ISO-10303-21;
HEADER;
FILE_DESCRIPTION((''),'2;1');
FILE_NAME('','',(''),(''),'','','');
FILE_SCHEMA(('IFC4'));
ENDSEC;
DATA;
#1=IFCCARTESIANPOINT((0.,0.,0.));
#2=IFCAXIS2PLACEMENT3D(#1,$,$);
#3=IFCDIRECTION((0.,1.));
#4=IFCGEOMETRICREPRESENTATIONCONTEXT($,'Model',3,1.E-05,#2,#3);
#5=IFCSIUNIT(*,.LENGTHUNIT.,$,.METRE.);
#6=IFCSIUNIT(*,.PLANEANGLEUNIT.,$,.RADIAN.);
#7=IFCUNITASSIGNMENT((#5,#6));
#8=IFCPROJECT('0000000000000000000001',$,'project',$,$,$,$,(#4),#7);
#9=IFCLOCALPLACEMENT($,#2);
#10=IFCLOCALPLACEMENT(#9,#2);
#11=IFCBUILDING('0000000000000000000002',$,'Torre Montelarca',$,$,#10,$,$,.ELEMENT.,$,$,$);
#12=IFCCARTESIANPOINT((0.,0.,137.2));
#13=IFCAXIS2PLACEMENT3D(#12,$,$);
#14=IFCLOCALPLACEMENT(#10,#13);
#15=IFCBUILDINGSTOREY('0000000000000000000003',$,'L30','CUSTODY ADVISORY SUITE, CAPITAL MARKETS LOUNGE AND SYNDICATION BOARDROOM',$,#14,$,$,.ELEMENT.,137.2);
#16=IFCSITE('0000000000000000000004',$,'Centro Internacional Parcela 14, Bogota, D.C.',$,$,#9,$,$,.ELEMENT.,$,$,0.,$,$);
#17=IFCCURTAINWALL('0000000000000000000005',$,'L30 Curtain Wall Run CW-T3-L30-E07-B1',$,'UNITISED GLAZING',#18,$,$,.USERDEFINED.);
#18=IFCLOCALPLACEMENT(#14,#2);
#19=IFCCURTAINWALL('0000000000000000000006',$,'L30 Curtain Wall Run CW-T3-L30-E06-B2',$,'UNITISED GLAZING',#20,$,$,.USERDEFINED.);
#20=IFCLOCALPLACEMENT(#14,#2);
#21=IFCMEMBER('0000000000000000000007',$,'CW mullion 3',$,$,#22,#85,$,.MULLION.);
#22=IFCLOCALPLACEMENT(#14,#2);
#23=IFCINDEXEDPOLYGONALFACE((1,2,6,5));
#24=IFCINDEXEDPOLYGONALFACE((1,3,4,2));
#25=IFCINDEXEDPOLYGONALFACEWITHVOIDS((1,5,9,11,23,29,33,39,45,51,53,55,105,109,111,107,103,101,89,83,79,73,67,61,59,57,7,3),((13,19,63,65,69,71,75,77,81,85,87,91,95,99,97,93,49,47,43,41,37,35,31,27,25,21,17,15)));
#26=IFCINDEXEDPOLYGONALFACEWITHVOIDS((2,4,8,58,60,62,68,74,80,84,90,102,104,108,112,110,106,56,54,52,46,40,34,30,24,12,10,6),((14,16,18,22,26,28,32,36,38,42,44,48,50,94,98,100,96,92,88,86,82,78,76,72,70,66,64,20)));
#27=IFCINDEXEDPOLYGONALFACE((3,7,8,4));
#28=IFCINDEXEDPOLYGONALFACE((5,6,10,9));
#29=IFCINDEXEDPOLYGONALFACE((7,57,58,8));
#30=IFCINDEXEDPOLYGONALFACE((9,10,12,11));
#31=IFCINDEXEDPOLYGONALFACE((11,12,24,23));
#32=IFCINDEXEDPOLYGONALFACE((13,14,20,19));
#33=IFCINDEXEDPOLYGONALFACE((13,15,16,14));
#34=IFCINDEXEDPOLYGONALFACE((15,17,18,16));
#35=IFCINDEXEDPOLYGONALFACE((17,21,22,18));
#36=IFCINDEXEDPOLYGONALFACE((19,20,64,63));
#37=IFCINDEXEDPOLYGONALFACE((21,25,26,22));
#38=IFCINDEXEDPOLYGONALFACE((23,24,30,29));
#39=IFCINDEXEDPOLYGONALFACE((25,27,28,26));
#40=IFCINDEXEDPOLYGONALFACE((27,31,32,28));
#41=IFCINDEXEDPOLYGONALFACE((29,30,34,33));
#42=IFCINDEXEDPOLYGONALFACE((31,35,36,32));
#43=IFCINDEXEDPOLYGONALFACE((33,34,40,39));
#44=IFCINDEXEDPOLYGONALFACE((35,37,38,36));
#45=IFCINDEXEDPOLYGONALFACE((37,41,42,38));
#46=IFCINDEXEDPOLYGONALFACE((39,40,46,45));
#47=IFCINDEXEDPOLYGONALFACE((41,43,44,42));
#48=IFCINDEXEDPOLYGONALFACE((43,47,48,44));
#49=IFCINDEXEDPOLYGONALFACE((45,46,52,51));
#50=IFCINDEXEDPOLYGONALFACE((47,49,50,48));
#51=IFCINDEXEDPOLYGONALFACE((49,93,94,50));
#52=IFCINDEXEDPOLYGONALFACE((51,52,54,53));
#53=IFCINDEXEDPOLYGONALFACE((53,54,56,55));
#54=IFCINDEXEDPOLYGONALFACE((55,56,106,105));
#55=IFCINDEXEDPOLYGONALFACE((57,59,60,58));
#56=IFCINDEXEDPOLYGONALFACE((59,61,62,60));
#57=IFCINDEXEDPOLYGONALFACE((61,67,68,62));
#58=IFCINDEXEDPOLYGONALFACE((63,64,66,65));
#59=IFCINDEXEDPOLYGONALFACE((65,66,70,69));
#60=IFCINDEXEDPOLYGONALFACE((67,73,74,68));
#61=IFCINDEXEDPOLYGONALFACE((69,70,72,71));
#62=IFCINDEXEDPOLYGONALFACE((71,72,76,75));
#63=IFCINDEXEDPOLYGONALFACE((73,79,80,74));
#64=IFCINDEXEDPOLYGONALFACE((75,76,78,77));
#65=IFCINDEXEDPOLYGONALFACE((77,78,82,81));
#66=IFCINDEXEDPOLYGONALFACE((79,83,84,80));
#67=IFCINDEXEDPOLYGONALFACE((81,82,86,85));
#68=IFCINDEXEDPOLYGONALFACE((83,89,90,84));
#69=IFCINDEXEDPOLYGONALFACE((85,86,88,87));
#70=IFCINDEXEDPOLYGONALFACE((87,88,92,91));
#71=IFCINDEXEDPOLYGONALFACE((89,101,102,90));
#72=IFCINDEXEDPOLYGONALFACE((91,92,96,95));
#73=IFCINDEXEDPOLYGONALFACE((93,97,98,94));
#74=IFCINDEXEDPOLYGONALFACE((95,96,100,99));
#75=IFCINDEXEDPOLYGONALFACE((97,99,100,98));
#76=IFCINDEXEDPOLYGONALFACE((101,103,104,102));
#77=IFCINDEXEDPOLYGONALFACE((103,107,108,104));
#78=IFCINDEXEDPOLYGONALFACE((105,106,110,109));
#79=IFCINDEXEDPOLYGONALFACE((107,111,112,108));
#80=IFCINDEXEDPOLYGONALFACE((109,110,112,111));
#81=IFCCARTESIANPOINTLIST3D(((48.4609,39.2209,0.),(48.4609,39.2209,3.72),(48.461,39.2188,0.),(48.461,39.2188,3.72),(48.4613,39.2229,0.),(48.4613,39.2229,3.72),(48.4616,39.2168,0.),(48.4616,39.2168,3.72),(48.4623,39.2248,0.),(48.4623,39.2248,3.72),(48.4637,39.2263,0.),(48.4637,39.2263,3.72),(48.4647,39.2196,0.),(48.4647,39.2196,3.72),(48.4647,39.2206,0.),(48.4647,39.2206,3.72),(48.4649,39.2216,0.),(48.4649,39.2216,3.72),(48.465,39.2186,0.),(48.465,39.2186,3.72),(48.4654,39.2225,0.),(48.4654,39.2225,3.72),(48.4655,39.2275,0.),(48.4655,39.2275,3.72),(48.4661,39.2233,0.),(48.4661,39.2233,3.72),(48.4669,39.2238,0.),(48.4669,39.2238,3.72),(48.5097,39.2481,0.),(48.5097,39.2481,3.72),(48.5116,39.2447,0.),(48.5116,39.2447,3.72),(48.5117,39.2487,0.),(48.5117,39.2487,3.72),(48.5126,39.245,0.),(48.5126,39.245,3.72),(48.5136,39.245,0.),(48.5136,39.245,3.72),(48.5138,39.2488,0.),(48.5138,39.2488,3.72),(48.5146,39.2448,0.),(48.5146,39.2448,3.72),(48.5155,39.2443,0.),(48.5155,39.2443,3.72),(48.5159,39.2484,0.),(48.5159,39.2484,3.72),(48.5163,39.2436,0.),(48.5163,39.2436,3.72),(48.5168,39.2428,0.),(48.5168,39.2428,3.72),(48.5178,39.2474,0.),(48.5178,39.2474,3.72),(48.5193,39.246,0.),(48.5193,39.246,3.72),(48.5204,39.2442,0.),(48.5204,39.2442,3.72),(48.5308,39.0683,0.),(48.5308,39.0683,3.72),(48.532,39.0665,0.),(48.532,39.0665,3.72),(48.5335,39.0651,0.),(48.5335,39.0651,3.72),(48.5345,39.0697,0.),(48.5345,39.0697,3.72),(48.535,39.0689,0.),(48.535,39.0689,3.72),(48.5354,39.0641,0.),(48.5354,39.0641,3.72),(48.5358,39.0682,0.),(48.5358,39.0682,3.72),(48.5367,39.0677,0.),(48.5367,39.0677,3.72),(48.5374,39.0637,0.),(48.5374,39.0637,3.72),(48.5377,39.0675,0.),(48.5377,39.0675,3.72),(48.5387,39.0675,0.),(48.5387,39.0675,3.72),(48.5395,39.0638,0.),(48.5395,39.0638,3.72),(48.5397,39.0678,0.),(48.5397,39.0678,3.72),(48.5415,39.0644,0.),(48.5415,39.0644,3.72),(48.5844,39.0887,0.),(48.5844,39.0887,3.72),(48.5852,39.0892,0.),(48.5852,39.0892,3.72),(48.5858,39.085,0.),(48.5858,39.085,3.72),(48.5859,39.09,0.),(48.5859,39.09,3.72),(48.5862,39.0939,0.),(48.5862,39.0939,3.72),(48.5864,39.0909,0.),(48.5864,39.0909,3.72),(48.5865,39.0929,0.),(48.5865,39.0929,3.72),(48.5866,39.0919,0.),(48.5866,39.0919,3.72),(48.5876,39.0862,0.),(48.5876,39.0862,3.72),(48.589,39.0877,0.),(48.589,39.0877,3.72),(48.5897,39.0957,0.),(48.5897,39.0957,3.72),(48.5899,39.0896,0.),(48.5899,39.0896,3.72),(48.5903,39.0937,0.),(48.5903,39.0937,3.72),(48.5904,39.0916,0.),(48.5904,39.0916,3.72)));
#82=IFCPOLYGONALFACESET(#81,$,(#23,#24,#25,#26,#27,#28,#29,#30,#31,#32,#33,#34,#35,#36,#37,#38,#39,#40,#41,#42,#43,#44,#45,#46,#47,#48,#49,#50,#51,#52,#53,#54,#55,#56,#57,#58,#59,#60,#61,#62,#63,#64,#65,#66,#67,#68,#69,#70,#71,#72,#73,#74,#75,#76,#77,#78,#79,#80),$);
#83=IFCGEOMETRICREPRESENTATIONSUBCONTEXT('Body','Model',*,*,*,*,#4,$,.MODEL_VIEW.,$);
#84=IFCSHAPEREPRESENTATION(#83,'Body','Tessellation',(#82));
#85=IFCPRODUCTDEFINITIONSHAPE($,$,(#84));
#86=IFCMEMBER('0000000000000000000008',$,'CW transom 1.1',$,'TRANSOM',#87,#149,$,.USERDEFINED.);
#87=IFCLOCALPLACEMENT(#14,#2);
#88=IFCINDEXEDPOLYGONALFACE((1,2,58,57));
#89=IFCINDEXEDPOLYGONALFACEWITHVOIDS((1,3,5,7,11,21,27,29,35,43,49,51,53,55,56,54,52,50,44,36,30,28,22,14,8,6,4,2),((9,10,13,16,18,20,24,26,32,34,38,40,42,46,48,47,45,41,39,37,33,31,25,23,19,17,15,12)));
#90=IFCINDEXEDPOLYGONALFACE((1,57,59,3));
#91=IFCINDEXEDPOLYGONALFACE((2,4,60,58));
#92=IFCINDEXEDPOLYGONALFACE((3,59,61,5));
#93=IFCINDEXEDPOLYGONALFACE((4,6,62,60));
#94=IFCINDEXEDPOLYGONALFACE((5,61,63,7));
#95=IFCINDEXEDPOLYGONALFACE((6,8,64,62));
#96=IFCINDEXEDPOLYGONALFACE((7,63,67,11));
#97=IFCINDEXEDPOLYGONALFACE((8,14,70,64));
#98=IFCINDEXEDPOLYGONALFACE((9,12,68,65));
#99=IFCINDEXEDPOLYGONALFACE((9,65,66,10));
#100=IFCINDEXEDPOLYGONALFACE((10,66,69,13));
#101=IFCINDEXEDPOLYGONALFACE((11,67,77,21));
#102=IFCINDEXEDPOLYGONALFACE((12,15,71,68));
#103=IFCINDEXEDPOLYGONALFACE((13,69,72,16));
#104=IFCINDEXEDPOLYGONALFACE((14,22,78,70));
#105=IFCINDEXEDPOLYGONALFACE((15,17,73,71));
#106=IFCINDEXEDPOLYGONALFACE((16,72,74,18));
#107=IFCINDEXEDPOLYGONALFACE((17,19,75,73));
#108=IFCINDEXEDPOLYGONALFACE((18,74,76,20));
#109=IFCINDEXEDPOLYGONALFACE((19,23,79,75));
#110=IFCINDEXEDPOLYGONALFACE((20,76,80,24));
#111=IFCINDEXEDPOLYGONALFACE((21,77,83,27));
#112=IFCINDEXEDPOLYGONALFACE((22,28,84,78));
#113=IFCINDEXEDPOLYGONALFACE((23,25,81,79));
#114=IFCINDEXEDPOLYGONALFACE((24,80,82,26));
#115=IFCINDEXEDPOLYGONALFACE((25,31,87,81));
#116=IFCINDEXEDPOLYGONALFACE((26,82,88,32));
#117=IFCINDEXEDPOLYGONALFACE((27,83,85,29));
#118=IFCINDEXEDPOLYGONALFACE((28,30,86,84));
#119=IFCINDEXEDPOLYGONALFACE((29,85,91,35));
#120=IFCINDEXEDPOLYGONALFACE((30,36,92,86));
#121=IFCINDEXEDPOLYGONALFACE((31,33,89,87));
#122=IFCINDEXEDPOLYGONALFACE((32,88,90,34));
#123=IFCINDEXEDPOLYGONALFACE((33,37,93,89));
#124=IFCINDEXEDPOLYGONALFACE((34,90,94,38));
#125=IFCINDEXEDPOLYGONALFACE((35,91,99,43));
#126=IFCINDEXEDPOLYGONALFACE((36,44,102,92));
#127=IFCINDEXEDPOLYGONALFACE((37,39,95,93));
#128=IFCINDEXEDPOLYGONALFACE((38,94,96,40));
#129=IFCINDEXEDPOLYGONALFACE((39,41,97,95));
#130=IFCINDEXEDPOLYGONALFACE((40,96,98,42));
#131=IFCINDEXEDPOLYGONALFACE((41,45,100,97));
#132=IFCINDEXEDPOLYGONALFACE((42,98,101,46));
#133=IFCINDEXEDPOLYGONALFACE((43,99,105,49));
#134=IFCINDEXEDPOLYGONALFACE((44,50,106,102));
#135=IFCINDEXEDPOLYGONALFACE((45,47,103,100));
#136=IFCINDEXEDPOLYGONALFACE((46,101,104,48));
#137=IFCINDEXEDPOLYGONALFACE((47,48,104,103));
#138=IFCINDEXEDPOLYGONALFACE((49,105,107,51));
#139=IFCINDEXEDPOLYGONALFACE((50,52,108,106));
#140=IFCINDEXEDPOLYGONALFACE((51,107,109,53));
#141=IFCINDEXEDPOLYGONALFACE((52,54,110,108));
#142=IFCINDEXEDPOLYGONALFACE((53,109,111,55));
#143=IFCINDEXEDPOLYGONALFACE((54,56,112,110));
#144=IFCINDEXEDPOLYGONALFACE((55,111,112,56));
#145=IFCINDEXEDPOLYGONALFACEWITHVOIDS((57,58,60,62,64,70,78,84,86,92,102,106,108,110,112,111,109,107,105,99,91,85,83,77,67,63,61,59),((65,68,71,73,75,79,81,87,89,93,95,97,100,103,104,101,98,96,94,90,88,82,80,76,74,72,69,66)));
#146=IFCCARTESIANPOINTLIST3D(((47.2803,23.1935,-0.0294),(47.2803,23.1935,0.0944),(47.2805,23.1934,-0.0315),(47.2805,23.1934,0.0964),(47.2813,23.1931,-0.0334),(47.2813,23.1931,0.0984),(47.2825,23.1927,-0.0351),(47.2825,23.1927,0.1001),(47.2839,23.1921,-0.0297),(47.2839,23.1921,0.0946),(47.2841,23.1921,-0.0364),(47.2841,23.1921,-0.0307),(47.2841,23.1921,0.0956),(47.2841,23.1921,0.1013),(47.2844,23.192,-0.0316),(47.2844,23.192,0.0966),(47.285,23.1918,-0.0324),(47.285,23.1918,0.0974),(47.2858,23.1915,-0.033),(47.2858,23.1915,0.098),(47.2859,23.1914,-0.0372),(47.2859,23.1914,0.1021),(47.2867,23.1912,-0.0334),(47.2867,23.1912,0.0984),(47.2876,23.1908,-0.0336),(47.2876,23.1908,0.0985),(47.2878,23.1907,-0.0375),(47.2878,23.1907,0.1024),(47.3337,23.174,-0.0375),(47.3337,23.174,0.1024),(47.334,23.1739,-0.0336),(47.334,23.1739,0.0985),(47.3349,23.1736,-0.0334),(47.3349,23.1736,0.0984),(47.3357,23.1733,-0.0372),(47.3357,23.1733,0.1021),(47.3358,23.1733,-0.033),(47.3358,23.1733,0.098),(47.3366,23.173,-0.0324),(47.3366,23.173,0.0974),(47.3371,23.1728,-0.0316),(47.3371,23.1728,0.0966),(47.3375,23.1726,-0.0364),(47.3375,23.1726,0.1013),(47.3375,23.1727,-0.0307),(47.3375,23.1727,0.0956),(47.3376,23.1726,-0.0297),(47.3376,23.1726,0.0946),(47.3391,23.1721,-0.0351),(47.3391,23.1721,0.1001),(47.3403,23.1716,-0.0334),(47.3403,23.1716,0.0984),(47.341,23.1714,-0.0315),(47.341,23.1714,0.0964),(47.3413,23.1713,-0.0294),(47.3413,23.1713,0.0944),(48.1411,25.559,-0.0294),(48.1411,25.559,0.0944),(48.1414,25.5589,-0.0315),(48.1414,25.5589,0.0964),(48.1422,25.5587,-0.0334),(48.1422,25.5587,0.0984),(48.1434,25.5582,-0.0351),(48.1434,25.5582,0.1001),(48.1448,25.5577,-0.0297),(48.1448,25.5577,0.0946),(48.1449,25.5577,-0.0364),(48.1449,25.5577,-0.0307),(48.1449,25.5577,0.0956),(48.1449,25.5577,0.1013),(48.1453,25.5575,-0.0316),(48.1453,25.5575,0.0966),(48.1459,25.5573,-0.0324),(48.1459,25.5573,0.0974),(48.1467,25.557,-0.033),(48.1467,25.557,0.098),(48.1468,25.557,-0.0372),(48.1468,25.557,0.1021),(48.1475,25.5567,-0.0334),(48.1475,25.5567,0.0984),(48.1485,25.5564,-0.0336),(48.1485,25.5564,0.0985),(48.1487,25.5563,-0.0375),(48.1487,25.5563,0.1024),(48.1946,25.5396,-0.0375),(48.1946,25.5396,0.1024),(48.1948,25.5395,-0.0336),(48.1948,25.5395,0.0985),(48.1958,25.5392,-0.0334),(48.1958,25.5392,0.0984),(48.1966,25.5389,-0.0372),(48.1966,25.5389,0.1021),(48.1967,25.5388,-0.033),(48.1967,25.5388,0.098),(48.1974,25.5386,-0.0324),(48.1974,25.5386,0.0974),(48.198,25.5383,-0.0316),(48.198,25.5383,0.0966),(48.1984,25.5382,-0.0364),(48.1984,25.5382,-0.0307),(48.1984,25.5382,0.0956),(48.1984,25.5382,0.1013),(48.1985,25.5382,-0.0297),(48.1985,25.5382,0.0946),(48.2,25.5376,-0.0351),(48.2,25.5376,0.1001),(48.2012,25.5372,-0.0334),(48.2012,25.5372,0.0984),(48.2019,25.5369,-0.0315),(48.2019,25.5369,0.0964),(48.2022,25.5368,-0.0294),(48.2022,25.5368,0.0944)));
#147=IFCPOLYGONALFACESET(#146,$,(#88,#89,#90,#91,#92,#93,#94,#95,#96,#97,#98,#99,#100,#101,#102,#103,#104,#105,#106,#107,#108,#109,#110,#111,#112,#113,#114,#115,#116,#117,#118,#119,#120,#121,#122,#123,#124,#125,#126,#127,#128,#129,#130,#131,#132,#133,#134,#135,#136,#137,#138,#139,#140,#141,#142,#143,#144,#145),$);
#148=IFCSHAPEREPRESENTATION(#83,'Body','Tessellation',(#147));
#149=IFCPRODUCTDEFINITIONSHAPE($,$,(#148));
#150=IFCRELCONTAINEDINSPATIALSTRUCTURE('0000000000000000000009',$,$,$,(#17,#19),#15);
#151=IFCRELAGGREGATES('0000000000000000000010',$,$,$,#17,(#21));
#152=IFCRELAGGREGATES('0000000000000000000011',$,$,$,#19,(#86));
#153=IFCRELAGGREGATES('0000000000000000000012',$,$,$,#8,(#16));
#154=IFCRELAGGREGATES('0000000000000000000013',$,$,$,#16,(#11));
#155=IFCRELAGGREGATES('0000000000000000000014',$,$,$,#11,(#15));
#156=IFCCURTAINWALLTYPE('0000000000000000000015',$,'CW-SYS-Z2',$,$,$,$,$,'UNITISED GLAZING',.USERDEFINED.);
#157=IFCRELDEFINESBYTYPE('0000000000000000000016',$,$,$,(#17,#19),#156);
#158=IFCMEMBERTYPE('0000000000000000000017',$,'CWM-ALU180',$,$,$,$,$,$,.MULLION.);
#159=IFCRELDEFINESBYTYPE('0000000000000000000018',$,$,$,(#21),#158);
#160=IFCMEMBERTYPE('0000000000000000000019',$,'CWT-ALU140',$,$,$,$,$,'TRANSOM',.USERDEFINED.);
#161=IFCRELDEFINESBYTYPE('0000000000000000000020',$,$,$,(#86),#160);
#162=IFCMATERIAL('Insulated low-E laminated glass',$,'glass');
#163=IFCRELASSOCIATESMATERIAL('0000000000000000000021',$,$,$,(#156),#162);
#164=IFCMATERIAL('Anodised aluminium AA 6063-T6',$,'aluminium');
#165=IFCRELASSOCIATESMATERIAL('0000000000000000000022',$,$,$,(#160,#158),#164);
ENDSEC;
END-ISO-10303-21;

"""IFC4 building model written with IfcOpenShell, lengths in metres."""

from ifc_helpers import new_model, si_unit, direction, frame, origin, origin_2d, place, context, subcontext, project, spatial, hollow_rectangle, extrude, source, transform, mapped, material, material_profile, profile_set, type_object, element, aggregate, save


model = new_model("IFC4")

# Units and contexts
model_context = context("Model", 3, precision=1e-05, world=origin(), true_north=direction((0.0, 1.0)))
body_context = subcontext(model_context, "Body", "Model", "MODEL_VIEW")
ifc_project = project(units=[si_unit("LENGTHUNIT", "METRE"), si_unit("PLANEANGLEUNIT", "RADIAN")], contexts=[model_context])

# Site, building, storey
site_placement = place(None, origin())
site = spatial("IfcSite", under=ifc_project, at=site_placement, Name="Centro Internacional Parcela 14, Bogota, D.C.", CompositionType="ELEMENT", RefElevation=0.0)
building_placement = place(site_placement, origin())
building = spatial("IfcBuilding", under=site, at=building_placement, Name="Torre Montelarca", CompositionType="ELEMENT")
storey_placement = place(building_placement, frame((0.0, 0.0, 137.2)))
storey = spatial("IfcBuildingStorey", under=building, at=storey_placement, Name="L30", Description="CUSTODY ADVISORY SUITE, CAPITAL MARKETS LOUNGE AND SYNDICATION BOARDROOM", CompositionType="ELEMENT", Elevation=137.2)

# Curtain walls
ifc_material_1 = material(Name="Insulated low-E laminated glass", Category="glass")
curtain_wall_type = type_object("IfcCurtainWallType", Name="CW-SYS-Z2", ElementType="UNITISED GLAZING", PredefinedType="USERDEFINED", material=ifc_material_1)
curtain_wall_1_placement = place(storey_placement, origin())
curtain_wall_1 = element("IfcCurtainWall", 1, at=curtain_wall_1_placement, inside=storey, type_object=curtain_wall_type, Name="L30 Curtain Wall Run CW-T3-L30-E07-B1", ObjectType="UNITISED GLAZING", PredefinedType="USERDEFINED")
ifc_material_2 = material(Name="Anodised aluminium AA 6063-T6", Category="aluminium")
ifc_material_profile_1 = material_profile(ifc_material_2, hollow_rectangle(XDim=0.0649, YDim=0.1399, WallThickness=0.0039, InnerFilletRadius=0.0039, OuterFilletRadius=0.0081, at=origin_2d()), Name="ALU65X140X4", Category="aluminium")
ifc_profile_set_1 = profile_set([ifc_material_profile_1], Name="Anodised aluminium AA 6063-T6")
member_type_1 = type_object("IfcMemberType", Name="CWT-ALU140", ElementType="TRANSOM", PredefinedType="USERDEFINED", material=ifc_profile_set_1)
curtain_wall_2_placement = place(storey_placement, origin())
curtain_wall_2 = element("IfcCurtainWall", 2, at=curtain_wall_2_placement, inside=storey, type_object=curtain_wall_type, Name="L30 Curtain Wall Run CW-T3-L30-E06-B2", ObjectType="UNITISED GLAZING", PredefinedType="USERDEFINED")
ifc_material_profile_2 = material_profile(ifc_material_2, hollow_rectangle(XDim=0.0649, YDim=0.1799, WallThickness=0.0039, InnerFilletRadius=0.0039, OuterFilletRadius=0.0081, at=origin_2d()), Name="ALU65X180X4", Category="aluminium")
ifc_profile_set_2 = profile_set([ifc_material_profile_2], Name="Anodised aluminium AA 6063-T6")
member_type_2 = type_object("IfcMemberType", Name="CWM-ALU180", PredefinedType="MULLION", material=ifc_profile_set_2)

# Members
shared_shape_1 = source(origin(), body_context, "Body", "SweptSolid", [
    extrude(hollow_rectangle(XDim=0.0649, YDim=0.1799, WallThickness=0.0039, InnerFilletRadius=0.0039, OuterFilletRadius=0.0081, at=origin_2d()), origin(), (0.0, 0.0, 1.0), 3.72),
])
member_1_placement = place(storey_placement, frame((48.5256, 39.1562, 0.0), z_axis=(0.0, 0.0, 1.0), x_axis=(-0.906317, -0.422598, 0.0)))
member_1 = element("IfcMember", 3, at=member_1_placement, type_object=member_type_2, Name="CW mullion 3", PredefinedType="MULLION", context=body_context, shape_type="MappedRepresentation", body=[
    mapped(shared_shape_1, transform((0.0, 0.0, 0.0), scale=1.0)),
])
shared_shape_2 = source(origin(), body_context, "Body", "SweptSolid", [
    extrude(hollow_rectangle(XDim=0.0649, YDim=0.1399, WallThickness=0.0039, InnerFilletRadius=0.0039, OuterFilletRadius=0.0081, at=origin_2d()), origin(), (0.0, 0.0, 1.0), 2.5173),
])
member_2_placement = place(storey_placement, frame((47.3108, 23.1824, 0.0325), z_axis=(0.341977, 0.939708, 0.0), x_axis=(-0.939708, 0.341977, 0.0)))
member_2 = element("IfcMember", 4, at=member_2_placement, type_object=member_type_1, Name="CW transom 1.1", ObjectType="TRANSOM", PredefinedType="USERDEFINED", context=body_context, shape_type="MappedRepresentation", body=[
    mapped(shared_shape_2, transform((0.0, 0.0, 0.0), scale=1.0)),
])

aggregate(curtain_wall_1, [member_1])
aggregate(curtain_wall_2, [member_2])

save(model, "model.ifc")
